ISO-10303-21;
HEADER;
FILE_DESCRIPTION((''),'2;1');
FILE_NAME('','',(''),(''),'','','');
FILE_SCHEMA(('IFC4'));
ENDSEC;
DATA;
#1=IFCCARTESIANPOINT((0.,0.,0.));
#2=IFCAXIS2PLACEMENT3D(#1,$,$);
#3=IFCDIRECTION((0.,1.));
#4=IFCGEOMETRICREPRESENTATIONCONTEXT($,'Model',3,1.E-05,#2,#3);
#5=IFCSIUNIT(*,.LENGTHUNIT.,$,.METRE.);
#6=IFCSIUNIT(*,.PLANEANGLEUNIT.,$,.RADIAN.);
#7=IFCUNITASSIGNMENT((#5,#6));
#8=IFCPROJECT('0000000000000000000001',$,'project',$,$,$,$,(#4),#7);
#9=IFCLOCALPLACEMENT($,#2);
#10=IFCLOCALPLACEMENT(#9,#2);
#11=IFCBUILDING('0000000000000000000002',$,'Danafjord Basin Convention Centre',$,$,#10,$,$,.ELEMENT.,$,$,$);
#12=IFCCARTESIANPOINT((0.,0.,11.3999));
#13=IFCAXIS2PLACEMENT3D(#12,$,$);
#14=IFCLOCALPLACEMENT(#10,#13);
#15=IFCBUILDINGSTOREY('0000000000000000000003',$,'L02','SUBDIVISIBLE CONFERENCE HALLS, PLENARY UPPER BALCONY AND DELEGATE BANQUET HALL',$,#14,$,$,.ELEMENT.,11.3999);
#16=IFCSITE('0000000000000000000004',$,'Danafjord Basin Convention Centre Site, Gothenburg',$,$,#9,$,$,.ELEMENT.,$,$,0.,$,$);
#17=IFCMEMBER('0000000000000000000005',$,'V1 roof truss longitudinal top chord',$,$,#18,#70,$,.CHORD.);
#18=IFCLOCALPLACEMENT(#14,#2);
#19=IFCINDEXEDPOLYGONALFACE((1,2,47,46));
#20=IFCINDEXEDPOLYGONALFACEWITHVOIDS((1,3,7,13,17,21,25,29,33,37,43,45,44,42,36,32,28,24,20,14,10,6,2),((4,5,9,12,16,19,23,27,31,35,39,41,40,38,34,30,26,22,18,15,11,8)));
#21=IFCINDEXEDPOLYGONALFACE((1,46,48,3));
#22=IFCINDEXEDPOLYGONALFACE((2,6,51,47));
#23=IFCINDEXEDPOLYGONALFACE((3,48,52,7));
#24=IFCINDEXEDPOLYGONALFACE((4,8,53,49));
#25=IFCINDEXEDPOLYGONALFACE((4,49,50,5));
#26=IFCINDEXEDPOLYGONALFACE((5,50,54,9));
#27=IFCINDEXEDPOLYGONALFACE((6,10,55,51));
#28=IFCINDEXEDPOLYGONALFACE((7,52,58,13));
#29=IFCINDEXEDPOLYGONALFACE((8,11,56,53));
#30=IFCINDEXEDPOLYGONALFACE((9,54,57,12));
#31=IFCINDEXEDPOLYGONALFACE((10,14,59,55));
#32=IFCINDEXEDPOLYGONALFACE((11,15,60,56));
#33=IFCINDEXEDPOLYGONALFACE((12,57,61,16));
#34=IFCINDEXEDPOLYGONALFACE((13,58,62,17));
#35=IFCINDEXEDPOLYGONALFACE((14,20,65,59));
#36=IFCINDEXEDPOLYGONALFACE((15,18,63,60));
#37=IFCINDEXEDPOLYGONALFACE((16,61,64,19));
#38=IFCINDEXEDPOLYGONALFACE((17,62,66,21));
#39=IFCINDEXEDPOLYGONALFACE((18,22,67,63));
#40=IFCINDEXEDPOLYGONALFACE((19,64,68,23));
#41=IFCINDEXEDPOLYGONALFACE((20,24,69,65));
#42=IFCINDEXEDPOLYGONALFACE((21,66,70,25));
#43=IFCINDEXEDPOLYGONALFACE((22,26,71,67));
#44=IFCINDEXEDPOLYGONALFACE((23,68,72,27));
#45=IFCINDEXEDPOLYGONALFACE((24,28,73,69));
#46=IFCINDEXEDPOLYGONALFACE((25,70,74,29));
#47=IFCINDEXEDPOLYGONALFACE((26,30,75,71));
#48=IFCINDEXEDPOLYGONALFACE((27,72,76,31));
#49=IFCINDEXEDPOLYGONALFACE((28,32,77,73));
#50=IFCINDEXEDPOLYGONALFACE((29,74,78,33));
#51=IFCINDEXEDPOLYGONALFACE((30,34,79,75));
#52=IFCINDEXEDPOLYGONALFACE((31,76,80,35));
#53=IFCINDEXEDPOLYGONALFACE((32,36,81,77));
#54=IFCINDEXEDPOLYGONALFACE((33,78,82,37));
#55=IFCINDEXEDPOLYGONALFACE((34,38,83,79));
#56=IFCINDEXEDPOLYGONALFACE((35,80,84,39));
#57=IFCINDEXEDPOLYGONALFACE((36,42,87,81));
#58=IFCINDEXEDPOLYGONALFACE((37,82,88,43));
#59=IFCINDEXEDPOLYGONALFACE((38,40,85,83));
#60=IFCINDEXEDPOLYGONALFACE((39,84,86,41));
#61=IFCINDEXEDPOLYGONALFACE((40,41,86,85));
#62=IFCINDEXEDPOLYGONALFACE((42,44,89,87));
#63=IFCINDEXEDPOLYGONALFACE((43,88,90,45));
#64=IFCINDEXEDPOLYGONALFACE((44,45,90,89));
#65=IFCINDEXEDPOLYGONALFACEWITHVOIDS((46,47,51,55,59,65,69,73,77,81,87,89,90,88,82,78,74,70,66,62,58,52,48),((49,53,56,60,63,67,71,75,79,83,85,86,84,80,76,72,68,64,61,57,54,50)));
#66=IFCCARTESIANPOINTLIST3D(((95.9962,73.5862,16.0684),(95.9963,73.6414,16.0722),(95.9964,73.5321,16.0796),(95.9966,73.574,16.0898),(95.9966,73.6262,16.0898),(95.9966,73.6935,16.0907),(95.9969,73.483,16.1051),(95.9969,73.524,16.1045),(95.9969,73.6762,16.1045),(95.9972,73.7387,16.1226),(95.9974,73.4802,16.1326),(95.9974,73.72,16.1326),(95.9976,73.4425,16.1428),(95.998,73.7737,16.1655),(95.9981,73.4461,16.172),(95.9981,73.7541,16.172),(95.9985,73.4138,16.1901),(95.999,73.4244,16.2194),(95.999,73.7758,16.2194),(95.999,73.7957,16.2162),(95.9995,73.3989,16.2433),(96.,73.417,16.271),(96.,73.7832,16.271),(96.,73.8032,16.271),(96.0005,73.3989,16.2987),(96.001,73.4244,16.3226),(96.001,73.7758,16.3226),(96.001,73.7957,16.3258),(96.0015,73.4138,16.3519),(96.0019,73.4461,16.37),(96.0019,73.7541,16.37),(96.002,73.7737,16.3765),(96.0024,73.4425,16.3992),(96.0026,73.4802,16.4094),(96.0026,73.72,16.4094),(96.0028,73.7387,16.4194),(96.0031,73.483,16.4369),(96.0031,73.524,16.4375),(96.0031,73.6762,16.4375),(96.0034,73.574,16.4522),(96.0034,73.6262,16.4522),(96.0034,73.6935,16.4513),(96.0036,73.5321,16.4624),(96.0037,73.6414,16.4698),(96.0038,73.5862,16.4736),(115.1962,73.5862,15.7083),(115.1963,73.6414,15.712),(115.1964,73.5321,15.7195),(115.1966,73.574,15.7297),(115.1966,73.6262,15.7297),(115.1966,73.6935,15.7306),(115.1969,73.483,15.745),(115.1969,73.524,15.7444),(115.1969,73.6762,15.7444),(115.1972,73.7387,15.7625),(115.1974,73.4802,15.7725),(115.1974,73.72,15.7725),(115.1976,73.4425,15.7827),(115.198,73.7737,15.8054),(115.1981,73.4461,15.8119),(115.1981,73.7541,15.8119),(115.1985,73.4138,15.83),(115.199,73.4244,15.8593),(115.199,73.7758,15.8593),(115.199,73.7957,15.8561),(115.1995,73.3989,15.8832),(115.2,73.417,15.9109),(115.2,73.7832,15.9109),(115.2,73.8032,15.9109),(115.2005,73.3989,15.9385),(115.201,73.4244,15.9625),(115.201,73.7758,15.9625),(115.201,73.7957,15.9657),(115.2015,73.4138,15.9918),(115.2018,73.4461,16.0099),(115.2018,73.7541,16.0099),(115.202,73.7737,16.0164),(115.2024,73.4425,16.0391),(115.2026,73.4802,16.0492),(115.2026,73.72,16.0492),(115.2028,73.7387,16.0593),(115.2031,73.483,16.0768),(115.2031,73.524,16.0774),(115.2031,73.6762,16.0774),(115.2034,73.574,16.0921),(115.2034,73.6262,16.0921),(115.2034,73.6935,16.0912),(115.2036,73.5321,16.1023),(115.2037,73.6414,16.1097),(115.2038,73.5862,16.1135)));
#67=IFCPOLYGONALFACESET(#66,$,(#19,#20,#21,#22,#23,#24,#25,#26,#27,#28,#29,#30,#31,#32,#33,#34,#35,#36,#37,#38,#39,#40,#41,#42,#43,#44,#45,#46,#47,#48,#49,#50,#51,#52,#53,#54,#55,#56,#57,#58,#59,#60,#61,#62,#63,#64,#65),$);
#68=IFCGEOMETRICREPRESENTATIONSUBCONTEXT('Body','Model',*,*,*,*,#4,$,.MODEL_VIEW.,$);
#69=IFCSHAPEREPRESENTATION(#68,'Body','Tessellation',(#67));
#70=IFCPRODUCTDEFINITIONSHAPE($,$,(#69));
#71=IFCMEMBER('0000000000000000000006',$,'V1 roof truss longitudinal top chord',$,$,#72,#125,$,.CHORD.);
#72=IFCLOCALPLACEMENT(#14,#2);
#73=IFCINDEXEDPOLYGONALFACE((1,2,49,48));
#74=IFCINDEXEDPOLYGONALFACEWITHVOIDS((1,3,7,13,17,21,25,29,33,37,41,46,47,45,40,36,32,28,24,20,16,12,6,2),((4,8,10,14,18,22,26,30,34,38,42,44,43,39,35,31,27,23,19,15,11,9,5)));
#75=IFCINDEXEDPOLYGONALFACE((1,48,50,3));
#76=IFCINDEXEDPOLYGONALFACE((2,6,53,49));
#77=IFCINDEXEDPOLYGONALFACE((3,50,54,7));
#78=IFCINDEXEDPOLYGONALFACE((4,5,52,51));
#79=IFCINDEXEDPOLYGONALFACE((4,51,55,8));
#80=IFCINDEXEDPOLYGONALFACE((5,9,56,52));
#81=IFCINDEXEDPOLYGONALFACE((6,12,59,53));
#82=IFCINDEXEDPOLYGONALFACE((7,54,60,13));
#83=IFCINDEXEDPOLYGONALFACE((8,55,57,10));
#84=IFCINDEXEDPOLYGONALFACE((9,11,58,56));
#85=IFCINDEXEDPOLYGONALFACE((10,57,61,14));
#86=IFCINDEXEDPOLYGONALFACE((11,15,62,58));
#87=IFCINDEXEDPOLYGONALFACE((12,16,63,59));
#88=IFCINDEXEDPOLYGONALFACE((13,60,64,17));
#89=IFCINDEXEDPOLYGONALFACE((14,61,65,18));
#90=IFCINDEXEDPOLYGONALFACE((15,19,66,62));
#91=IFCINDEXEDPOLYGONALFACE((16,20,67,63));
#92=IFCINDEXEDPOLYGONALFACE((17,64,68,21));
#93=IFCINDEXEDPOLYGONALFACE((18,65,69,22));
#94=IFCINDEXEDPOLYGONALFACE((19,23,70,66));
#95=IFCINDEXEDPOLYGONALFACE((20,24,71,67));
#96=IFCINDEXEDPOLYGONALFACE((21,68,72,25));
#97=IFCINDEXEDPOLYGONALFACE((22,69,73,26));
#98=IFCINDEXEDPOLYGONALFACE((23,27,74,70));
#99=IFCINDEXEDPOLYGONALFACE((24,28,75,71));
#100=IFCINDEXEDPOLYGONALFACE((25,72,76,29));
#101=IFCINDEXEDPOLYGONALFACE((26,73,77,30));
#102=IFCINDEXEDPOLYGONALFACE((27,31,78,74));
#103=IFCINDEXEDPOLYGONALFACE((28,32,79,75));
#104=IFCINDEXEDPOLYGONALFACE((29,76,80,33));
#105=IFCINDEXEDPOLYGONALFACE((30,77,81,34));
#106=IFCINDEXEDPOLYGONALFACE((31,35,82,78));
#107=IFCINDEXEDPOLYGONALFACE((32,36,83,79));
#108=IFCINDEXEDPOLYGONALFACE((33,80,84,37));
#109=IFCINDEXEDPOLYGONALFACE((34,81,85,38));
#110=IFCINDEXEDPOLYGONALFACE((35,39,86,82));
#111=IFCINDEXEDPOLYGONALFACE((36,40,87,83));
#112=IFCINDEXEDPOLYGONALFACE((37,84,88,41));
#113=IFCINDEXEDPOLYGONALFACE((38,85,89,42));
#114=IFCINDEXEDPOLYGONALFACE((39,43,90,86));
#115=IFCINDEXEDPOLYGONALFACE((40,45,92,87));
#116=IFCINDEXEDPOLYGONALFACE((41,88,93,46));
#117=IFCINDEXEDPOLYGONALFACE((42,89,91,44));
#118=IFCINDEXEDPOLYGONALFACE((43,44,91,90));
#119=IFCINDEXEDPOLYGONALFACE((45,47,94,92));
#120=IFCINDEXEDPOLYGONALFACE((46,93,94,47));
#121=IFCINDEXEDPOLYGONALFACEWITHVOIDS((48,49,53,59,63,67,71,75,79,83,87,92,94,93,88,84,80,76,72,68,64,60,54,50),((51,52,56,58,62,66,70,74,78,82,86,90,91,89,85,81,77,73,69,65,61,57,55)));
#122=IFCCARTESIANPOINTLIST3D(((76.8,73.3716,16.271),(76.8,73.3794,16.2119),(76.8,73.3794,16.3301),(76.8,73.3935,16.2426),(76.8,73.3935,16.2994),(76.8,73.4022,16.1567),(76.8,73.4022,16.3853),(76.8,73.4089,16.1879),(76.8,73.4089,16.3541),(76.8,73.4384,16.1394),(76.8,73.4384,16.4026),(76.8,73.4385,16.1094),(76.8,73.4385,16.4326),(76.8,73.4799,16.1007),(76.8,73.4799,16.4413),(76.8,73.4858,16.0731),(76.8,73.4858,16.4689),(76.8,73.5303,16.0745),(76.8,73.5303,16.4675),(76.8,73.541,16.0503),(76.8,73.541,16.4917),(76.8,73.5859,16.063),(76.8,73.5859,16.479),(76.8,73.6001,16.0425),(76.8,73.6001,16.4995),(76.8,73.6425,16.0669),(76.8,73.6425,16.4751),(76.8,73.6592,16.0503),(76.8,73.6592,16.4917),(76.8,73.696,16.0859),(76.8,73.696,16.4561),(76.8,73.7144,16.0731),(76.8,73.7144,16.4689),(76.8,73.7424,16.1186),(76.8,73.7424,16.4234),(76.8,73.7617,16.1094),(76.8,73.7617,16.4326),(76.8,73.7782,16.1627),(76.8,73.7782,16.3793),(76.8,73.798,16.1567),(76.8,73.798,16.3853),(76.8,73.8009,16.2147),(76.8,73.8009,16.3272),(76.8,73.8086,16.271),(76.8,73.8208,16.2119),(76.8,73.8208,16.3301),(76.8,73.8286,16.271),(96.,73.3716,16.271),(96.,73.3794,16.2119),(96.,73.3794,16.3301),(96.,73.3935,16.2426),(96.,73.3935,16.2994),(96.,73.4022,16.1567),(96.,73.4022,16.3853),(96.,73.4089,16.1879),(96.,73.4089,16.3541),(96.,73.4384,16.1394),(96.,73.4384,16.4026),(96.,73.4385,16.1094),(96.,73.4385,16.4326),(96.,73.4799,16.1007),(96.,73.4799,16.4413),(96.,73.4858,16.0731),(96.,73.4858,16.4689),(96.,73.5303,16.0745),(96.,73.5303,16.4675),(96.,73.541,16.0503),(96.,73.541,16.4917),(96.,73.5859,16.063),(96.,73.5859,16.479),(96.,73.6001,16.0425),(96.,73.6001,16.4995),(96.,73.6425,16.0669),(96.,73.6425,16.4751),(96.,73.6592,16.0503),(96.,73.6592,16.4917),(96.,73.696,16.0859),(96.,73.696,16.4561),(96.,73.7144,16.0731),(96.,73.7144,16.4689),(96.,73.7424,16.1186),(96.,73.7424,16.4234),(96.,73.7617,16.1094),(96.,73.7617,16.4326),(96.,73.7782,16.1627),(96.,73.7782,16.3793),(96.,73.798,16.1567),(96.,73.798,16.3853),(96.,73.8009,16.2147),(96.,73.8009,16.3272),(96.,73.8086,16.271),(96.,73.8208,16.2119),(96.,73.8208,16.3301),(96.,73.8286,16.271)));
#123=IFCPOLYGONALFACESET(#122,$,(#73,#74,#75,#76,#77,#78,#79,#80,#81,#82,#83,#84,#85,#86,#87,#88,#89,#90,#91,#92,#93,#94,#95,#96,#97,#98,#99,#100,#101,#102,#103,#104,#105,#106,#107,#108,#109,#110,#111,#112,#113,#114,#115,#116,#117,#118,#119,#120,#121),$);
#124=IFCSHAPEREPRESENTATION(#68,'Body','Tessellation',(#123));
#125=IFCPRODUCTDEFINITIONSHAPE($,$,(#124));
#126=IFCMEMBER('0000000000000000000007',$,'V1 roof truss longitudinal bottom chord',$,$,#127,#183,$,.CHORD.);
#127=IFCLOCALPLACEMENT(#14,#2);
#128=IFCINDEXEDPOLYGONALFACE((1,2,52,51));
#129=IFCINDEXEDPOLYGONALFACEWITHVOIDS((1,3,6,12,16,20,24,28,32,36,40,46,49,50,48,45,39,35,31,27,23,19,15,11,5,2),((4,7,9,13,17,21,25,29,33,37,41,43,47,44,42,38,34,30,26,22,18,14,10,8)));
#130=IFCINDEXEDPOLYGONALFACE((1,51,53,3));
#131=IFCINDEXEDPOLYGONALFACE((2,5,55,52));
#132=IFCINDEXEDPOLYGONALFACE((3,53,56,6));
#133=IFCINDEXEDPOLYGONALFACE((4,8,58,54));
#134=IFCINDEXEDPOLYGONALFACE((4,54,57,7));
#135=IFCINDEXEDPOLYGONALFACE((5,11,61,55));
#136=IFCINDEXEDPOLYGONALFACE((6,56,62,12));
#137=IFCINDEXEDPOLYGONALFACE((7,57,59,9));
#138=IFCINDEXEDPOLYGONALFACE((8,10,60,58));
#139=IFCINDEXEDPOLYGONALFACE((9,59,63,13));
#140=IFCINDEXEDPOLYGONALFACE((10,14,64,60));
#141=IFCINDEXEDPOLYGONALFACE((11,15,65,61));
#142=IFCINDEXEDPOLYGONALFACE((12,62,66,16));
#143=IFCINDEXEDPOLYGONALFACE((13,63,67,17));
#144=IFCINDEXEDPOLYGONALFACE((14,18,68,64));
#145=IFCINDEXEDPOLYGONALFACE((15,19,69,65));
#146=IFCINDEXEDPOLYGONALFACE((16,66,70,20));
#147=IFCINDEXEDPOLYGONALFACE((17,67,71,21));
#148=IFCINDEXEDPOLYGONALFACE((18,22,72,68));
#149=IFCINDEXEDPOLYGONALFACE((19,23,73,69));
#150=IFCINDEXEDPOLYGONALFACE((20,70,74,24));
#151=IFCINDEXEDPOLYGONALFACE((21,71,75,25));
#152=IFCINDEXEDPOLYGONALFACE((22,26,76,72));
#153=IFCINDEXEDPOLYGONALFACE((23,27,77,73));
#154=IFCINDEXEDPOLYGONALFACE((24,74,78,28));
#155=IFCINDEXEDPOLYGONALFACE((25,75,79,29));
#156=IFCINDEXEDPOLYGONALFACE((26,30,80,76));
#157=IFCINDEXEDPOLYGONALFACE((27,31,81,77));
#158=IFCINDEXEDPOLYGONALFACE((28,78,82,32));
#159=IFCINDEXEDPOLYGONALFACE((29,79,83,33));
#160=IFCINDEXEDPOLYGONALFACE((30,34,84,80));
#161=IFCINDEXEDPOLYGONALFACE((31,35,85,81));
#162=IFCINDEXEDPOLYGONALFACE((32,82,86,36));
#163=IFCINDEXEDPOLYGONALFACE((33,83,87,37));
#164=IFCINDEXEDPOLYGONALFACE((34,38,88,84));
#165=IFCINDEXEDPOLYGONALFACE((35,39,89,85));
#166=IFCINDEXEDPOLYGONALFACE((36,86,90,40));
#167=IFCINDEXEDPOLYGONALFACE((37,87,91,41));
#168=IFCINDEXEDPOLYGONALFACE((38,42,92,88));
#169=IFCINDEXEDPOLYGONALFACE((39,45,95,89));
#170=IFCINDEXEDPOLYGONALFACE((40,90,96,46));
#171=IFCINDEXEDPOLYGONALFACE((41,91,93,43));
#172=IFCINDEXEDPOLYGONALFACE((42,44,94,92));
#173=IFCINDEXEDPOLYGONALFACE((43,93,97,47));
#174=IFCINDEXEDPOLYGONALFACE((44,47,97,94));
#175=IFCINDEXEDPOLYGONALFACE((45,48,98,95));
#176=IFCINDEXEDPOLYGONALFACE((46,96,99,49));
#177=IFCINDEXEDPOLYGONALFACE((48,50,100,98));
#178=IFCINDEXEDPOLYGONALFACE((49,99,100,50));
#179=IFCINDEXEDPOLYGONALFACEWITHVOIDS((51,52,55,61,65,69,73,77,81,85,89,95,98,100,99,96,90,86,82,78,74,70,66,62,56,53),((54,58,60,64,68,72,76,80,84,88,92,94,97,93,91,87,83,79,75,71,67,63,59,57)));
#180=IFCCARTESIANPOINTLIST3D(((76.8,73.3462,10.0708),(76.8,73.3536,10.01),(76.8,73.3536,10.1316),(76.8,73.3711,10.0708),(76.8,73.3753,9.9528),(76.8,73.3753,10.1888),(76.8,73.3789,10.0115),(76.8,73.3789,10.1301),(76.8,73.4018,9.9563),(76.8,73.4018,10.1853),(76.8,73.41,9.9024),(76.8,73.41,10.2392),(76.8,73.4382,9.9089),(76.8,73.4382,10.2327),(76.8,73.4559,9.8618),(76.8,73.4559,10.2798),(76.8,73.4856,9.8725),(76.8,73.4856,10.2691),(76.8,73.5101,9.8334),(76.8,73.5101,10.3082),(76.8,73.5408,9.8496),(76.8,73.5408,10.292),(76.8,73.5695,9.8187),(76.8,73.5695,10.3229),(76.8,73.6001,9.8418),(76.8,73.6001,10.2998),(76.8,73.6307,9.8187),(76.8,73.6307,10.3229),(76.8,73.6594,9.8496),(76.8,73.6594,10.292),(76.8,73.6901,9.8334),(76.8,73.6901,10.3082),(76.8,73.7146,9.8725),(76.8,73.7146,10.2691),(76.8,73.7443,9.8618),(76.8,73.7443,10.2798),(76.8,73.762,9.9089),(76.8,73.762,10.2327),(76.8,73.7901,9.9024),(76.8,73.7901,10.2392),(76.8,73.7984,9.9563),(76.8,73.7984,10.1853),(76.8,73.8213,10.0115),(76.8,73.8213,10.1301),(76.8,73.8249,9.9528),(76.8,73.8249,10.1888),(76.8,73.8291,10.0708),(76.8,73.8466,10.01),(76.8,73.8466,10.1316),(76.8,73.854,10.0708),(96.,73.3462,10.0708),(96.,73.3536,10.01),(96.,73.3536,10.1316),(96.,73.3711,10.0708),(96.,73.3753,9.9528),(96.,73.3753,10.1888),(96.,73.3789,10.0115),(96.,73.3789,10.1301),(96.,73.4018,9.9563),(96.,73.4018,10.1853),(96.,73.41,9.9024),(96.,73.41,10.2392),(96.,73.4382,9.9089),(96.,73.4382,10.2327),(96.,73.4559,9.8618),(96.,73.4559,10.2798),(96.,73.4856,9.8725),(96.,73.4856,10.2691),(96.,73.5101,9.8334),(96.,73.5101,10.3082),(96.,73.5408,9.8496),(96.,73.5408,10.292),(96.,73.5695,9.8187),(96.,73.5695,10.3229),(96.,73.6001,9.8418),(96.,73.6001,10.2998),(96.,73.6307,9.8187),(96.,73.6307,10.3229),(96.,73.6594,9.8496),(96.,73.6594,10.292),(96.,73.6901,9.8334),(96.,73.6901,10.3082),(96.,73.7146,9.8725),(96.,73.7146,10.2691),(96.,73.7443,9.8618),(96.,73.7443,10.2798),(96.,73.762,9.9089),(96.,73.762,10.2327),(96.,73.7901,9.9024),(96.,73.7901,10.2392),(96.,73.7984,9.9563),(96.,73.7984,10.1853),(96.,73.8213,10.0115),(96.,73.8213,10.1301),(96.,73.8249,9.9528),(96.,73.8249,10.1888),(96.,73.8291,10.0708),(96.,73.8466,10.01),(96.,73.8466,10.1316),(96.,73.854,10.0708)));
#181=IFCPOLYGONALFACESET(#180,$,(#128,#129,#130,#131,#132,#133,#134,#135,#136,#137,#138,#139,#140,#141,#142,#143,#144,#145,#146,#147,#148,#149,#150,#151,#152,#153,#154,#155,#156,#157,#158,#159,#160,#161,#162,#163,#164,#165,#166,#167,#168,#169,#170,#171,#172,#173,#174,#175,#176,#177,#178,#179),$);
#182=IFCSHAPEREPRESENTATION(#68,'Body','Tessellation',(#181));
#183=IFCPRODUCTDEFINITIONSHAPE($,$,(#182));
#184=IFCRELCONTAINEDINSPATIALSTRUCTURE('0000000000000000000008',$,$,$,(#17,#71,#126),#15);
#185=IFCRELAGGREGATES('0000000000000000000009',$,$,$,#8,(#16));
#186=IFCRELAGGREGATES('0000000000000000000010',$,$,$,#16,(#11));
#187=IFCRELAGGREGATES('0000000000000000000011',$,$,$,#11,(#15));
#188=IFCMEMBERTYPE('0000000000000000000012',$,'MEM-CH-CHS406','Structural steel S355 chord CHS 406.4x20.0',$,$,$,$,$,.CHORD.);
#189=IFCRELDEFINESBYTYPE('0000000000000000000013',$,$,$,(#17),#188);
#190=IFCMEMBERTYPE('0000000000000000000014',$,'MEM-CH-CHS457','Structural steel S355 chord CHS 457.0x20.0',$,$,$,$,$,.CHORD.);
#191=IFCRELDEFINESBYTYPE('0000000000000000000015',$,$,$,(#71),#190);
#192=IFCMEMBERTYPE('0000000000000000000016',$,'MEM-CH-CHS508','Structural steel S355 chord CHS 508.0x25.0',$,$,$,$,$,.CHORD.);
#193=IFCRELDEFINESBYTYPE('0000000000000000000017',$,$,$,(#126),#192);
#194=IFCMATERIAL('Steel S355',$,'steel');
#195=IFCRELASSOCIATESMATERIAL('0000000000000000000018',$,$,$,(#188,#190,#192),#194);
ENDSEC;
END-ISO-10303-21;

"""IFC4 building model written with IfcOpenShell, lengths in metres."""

from ifc_helpers import new_model, si_unit, direction, frame, origin, origin_2d, place, context, subcontext, project, spatial, hollow_circle, extrude, material, material_profile, profile_set, type_object, element, save


model = new_model("IFC4")

# Units and contexts
model_context = context("Model", 3, precision=1e-05, world=origin(), true_north=direction((0.0, 1.0)))
body_context = subcontext(model_context, "Body", "Model", "MODEL_VIEW")
ifc_project = project(units=[si_unit("LENGTHUNIT", "METRE"), si_unit("PLANEANGLEUNIT", "RADIAN")], contexts=[model_context])

# Site, building, storey
site_placement = place(None, origin())
site = spatial("IfcSite", under=ifc_project, at=site_placement, Name="Danafjord Basin Convention Centre Site, Gothenburg", CompositionType="ELEMENT", RefElevation=0.0)
building_placement = place(site_placement, origin())
building = spatial("IfcBuilding", under=site, at=building_placement, Name="Danafjord Basin Convention Centre", CompositionType="ELEMENT")
storey_placement = place(building_placement, frame((0.0, 0.0, 11.3999)))
storey = spatial("IfcBuildingStorey", under=building, at=storey_placement, Name="L02", Description="SUBDIVISIBLE CONFERENCE HALLS, PLENARY UPPER BALCONY AND DELEGATE BANQUET HALL", CompositionType="ELEMENT", Elevation=11.3999)

# Shared definitions
ifc_material_1 = material(Name="Steel S355", Category="steel")

# Members
ifc_material_profile_1 = material_profile(ifc_material_1, hollow_circle(Radius=0.2031, WallThickness=0.02, at=origin_2d()), Name="CHS 406.4x20.0")
ifc_profile_set_1 = profile_set([ifc_material_profile_1], Name="Steel S355")
member_type_1 = type_object("IfcMemberType", Name="MEM-CH-CHS406", Description="Structural steel S355 chord CHS 406.4x20.0", PredefinedType="CHORD", material=ifc_profile_set_1)
member_1_placement = place(storey_placement, frame((96.0, 73.6001, 16.271), z_axis=(0.999824, 0.0, -0.018752), x_axis=(0.0, 1.0, 0.0)))
element("IfcMember", 1, at=member_1_placement, inside=storey, type_object=member_type_1, Name="V1 roof truss longitudinal top chord", PredefinedType="CHORD", context=body_context, shape_type="SweptSolid", body=[
    extrude(hollow_circle(Radius=0.2031, WallThickness=0.02, at=origin_2d()), origin(), (0.0, 0.0, 1.0), 19.2034),
])
ifc_material_profile_2 = material_profile(ifc_material_1, hollow_circle(Radius=0.2285, WallThickness=0.02, at=origin_2d()), Name="CHS 457.0x20.0")
ifc_profile_set_2 = profile_set([ifc_material_profile_2], Name="Steel S355")
member_type_2 = type_object("IfcMemberType", Name="MEM-CH-CHS457", Description="Structural steel S355 chord CHS 457.0x20.0", PredefinedType="CHORD", material=ifc_profile_set_2)
member_2_placement = place(storey_placement, frame((76.8, 73.6001, 16.271), z_axis=(1.0, 0.0, 0.0), x_axis=(0.0, 1.0, 0.0)))
element("IfcMember", 2, at=member_2_placement, inside=storey, type_object=member_type_2, Name="V1 roof truss longitudinal top chord", PredefinedType="CHORD", context=body_context, shape_type="SweptSolid", body=[
    extrude(hollow_circle(Radius=0.2285, WallThickness=0.02, at=origin_2d()), origin(), (0.0, 0.0, 1.0), 19.2),
])
ifc_material_profile_3 = material_profile(ifc_material_1, hollow_circle(Radius=0.2539, WallThickness=0.0249, at=origin_2d()), Name="CHS 508.0x25.0")
ifc_profile_set_3 = profile_set([ifc_material_profile_3], Name="Steel S355")
member_type_3 = type_object("IfcMemberType", Name="MEM-CH-CHS508", Description="Structural steel S355 chord CHS 508.0x25.0", PredefinedType="CHORD", material=ifc_profile_set_3)
member_3_placement = place(storey_placement, frame((76.8, 73.6001, 10.0708), z_axis=(1.0, 0.0, 0.0), x_axis=(0.0, 1.0, 0.0)))
element("IfcMember", 3, at=member_3_placement, inside=storey, type_object=member_type_3, Name="V1 roof truss longitudinal bottom chord", PredefinedType="CHORD", context=body_context, shape_type="SweptSolid", body=[
    extrude(hollow_circle(Radius=0.2539, WallThickness=0.0249, at=origin_2d()), origin(), (0.0, 0.0, 1.0), 19.2),
])

save(model, "model.ifc")
